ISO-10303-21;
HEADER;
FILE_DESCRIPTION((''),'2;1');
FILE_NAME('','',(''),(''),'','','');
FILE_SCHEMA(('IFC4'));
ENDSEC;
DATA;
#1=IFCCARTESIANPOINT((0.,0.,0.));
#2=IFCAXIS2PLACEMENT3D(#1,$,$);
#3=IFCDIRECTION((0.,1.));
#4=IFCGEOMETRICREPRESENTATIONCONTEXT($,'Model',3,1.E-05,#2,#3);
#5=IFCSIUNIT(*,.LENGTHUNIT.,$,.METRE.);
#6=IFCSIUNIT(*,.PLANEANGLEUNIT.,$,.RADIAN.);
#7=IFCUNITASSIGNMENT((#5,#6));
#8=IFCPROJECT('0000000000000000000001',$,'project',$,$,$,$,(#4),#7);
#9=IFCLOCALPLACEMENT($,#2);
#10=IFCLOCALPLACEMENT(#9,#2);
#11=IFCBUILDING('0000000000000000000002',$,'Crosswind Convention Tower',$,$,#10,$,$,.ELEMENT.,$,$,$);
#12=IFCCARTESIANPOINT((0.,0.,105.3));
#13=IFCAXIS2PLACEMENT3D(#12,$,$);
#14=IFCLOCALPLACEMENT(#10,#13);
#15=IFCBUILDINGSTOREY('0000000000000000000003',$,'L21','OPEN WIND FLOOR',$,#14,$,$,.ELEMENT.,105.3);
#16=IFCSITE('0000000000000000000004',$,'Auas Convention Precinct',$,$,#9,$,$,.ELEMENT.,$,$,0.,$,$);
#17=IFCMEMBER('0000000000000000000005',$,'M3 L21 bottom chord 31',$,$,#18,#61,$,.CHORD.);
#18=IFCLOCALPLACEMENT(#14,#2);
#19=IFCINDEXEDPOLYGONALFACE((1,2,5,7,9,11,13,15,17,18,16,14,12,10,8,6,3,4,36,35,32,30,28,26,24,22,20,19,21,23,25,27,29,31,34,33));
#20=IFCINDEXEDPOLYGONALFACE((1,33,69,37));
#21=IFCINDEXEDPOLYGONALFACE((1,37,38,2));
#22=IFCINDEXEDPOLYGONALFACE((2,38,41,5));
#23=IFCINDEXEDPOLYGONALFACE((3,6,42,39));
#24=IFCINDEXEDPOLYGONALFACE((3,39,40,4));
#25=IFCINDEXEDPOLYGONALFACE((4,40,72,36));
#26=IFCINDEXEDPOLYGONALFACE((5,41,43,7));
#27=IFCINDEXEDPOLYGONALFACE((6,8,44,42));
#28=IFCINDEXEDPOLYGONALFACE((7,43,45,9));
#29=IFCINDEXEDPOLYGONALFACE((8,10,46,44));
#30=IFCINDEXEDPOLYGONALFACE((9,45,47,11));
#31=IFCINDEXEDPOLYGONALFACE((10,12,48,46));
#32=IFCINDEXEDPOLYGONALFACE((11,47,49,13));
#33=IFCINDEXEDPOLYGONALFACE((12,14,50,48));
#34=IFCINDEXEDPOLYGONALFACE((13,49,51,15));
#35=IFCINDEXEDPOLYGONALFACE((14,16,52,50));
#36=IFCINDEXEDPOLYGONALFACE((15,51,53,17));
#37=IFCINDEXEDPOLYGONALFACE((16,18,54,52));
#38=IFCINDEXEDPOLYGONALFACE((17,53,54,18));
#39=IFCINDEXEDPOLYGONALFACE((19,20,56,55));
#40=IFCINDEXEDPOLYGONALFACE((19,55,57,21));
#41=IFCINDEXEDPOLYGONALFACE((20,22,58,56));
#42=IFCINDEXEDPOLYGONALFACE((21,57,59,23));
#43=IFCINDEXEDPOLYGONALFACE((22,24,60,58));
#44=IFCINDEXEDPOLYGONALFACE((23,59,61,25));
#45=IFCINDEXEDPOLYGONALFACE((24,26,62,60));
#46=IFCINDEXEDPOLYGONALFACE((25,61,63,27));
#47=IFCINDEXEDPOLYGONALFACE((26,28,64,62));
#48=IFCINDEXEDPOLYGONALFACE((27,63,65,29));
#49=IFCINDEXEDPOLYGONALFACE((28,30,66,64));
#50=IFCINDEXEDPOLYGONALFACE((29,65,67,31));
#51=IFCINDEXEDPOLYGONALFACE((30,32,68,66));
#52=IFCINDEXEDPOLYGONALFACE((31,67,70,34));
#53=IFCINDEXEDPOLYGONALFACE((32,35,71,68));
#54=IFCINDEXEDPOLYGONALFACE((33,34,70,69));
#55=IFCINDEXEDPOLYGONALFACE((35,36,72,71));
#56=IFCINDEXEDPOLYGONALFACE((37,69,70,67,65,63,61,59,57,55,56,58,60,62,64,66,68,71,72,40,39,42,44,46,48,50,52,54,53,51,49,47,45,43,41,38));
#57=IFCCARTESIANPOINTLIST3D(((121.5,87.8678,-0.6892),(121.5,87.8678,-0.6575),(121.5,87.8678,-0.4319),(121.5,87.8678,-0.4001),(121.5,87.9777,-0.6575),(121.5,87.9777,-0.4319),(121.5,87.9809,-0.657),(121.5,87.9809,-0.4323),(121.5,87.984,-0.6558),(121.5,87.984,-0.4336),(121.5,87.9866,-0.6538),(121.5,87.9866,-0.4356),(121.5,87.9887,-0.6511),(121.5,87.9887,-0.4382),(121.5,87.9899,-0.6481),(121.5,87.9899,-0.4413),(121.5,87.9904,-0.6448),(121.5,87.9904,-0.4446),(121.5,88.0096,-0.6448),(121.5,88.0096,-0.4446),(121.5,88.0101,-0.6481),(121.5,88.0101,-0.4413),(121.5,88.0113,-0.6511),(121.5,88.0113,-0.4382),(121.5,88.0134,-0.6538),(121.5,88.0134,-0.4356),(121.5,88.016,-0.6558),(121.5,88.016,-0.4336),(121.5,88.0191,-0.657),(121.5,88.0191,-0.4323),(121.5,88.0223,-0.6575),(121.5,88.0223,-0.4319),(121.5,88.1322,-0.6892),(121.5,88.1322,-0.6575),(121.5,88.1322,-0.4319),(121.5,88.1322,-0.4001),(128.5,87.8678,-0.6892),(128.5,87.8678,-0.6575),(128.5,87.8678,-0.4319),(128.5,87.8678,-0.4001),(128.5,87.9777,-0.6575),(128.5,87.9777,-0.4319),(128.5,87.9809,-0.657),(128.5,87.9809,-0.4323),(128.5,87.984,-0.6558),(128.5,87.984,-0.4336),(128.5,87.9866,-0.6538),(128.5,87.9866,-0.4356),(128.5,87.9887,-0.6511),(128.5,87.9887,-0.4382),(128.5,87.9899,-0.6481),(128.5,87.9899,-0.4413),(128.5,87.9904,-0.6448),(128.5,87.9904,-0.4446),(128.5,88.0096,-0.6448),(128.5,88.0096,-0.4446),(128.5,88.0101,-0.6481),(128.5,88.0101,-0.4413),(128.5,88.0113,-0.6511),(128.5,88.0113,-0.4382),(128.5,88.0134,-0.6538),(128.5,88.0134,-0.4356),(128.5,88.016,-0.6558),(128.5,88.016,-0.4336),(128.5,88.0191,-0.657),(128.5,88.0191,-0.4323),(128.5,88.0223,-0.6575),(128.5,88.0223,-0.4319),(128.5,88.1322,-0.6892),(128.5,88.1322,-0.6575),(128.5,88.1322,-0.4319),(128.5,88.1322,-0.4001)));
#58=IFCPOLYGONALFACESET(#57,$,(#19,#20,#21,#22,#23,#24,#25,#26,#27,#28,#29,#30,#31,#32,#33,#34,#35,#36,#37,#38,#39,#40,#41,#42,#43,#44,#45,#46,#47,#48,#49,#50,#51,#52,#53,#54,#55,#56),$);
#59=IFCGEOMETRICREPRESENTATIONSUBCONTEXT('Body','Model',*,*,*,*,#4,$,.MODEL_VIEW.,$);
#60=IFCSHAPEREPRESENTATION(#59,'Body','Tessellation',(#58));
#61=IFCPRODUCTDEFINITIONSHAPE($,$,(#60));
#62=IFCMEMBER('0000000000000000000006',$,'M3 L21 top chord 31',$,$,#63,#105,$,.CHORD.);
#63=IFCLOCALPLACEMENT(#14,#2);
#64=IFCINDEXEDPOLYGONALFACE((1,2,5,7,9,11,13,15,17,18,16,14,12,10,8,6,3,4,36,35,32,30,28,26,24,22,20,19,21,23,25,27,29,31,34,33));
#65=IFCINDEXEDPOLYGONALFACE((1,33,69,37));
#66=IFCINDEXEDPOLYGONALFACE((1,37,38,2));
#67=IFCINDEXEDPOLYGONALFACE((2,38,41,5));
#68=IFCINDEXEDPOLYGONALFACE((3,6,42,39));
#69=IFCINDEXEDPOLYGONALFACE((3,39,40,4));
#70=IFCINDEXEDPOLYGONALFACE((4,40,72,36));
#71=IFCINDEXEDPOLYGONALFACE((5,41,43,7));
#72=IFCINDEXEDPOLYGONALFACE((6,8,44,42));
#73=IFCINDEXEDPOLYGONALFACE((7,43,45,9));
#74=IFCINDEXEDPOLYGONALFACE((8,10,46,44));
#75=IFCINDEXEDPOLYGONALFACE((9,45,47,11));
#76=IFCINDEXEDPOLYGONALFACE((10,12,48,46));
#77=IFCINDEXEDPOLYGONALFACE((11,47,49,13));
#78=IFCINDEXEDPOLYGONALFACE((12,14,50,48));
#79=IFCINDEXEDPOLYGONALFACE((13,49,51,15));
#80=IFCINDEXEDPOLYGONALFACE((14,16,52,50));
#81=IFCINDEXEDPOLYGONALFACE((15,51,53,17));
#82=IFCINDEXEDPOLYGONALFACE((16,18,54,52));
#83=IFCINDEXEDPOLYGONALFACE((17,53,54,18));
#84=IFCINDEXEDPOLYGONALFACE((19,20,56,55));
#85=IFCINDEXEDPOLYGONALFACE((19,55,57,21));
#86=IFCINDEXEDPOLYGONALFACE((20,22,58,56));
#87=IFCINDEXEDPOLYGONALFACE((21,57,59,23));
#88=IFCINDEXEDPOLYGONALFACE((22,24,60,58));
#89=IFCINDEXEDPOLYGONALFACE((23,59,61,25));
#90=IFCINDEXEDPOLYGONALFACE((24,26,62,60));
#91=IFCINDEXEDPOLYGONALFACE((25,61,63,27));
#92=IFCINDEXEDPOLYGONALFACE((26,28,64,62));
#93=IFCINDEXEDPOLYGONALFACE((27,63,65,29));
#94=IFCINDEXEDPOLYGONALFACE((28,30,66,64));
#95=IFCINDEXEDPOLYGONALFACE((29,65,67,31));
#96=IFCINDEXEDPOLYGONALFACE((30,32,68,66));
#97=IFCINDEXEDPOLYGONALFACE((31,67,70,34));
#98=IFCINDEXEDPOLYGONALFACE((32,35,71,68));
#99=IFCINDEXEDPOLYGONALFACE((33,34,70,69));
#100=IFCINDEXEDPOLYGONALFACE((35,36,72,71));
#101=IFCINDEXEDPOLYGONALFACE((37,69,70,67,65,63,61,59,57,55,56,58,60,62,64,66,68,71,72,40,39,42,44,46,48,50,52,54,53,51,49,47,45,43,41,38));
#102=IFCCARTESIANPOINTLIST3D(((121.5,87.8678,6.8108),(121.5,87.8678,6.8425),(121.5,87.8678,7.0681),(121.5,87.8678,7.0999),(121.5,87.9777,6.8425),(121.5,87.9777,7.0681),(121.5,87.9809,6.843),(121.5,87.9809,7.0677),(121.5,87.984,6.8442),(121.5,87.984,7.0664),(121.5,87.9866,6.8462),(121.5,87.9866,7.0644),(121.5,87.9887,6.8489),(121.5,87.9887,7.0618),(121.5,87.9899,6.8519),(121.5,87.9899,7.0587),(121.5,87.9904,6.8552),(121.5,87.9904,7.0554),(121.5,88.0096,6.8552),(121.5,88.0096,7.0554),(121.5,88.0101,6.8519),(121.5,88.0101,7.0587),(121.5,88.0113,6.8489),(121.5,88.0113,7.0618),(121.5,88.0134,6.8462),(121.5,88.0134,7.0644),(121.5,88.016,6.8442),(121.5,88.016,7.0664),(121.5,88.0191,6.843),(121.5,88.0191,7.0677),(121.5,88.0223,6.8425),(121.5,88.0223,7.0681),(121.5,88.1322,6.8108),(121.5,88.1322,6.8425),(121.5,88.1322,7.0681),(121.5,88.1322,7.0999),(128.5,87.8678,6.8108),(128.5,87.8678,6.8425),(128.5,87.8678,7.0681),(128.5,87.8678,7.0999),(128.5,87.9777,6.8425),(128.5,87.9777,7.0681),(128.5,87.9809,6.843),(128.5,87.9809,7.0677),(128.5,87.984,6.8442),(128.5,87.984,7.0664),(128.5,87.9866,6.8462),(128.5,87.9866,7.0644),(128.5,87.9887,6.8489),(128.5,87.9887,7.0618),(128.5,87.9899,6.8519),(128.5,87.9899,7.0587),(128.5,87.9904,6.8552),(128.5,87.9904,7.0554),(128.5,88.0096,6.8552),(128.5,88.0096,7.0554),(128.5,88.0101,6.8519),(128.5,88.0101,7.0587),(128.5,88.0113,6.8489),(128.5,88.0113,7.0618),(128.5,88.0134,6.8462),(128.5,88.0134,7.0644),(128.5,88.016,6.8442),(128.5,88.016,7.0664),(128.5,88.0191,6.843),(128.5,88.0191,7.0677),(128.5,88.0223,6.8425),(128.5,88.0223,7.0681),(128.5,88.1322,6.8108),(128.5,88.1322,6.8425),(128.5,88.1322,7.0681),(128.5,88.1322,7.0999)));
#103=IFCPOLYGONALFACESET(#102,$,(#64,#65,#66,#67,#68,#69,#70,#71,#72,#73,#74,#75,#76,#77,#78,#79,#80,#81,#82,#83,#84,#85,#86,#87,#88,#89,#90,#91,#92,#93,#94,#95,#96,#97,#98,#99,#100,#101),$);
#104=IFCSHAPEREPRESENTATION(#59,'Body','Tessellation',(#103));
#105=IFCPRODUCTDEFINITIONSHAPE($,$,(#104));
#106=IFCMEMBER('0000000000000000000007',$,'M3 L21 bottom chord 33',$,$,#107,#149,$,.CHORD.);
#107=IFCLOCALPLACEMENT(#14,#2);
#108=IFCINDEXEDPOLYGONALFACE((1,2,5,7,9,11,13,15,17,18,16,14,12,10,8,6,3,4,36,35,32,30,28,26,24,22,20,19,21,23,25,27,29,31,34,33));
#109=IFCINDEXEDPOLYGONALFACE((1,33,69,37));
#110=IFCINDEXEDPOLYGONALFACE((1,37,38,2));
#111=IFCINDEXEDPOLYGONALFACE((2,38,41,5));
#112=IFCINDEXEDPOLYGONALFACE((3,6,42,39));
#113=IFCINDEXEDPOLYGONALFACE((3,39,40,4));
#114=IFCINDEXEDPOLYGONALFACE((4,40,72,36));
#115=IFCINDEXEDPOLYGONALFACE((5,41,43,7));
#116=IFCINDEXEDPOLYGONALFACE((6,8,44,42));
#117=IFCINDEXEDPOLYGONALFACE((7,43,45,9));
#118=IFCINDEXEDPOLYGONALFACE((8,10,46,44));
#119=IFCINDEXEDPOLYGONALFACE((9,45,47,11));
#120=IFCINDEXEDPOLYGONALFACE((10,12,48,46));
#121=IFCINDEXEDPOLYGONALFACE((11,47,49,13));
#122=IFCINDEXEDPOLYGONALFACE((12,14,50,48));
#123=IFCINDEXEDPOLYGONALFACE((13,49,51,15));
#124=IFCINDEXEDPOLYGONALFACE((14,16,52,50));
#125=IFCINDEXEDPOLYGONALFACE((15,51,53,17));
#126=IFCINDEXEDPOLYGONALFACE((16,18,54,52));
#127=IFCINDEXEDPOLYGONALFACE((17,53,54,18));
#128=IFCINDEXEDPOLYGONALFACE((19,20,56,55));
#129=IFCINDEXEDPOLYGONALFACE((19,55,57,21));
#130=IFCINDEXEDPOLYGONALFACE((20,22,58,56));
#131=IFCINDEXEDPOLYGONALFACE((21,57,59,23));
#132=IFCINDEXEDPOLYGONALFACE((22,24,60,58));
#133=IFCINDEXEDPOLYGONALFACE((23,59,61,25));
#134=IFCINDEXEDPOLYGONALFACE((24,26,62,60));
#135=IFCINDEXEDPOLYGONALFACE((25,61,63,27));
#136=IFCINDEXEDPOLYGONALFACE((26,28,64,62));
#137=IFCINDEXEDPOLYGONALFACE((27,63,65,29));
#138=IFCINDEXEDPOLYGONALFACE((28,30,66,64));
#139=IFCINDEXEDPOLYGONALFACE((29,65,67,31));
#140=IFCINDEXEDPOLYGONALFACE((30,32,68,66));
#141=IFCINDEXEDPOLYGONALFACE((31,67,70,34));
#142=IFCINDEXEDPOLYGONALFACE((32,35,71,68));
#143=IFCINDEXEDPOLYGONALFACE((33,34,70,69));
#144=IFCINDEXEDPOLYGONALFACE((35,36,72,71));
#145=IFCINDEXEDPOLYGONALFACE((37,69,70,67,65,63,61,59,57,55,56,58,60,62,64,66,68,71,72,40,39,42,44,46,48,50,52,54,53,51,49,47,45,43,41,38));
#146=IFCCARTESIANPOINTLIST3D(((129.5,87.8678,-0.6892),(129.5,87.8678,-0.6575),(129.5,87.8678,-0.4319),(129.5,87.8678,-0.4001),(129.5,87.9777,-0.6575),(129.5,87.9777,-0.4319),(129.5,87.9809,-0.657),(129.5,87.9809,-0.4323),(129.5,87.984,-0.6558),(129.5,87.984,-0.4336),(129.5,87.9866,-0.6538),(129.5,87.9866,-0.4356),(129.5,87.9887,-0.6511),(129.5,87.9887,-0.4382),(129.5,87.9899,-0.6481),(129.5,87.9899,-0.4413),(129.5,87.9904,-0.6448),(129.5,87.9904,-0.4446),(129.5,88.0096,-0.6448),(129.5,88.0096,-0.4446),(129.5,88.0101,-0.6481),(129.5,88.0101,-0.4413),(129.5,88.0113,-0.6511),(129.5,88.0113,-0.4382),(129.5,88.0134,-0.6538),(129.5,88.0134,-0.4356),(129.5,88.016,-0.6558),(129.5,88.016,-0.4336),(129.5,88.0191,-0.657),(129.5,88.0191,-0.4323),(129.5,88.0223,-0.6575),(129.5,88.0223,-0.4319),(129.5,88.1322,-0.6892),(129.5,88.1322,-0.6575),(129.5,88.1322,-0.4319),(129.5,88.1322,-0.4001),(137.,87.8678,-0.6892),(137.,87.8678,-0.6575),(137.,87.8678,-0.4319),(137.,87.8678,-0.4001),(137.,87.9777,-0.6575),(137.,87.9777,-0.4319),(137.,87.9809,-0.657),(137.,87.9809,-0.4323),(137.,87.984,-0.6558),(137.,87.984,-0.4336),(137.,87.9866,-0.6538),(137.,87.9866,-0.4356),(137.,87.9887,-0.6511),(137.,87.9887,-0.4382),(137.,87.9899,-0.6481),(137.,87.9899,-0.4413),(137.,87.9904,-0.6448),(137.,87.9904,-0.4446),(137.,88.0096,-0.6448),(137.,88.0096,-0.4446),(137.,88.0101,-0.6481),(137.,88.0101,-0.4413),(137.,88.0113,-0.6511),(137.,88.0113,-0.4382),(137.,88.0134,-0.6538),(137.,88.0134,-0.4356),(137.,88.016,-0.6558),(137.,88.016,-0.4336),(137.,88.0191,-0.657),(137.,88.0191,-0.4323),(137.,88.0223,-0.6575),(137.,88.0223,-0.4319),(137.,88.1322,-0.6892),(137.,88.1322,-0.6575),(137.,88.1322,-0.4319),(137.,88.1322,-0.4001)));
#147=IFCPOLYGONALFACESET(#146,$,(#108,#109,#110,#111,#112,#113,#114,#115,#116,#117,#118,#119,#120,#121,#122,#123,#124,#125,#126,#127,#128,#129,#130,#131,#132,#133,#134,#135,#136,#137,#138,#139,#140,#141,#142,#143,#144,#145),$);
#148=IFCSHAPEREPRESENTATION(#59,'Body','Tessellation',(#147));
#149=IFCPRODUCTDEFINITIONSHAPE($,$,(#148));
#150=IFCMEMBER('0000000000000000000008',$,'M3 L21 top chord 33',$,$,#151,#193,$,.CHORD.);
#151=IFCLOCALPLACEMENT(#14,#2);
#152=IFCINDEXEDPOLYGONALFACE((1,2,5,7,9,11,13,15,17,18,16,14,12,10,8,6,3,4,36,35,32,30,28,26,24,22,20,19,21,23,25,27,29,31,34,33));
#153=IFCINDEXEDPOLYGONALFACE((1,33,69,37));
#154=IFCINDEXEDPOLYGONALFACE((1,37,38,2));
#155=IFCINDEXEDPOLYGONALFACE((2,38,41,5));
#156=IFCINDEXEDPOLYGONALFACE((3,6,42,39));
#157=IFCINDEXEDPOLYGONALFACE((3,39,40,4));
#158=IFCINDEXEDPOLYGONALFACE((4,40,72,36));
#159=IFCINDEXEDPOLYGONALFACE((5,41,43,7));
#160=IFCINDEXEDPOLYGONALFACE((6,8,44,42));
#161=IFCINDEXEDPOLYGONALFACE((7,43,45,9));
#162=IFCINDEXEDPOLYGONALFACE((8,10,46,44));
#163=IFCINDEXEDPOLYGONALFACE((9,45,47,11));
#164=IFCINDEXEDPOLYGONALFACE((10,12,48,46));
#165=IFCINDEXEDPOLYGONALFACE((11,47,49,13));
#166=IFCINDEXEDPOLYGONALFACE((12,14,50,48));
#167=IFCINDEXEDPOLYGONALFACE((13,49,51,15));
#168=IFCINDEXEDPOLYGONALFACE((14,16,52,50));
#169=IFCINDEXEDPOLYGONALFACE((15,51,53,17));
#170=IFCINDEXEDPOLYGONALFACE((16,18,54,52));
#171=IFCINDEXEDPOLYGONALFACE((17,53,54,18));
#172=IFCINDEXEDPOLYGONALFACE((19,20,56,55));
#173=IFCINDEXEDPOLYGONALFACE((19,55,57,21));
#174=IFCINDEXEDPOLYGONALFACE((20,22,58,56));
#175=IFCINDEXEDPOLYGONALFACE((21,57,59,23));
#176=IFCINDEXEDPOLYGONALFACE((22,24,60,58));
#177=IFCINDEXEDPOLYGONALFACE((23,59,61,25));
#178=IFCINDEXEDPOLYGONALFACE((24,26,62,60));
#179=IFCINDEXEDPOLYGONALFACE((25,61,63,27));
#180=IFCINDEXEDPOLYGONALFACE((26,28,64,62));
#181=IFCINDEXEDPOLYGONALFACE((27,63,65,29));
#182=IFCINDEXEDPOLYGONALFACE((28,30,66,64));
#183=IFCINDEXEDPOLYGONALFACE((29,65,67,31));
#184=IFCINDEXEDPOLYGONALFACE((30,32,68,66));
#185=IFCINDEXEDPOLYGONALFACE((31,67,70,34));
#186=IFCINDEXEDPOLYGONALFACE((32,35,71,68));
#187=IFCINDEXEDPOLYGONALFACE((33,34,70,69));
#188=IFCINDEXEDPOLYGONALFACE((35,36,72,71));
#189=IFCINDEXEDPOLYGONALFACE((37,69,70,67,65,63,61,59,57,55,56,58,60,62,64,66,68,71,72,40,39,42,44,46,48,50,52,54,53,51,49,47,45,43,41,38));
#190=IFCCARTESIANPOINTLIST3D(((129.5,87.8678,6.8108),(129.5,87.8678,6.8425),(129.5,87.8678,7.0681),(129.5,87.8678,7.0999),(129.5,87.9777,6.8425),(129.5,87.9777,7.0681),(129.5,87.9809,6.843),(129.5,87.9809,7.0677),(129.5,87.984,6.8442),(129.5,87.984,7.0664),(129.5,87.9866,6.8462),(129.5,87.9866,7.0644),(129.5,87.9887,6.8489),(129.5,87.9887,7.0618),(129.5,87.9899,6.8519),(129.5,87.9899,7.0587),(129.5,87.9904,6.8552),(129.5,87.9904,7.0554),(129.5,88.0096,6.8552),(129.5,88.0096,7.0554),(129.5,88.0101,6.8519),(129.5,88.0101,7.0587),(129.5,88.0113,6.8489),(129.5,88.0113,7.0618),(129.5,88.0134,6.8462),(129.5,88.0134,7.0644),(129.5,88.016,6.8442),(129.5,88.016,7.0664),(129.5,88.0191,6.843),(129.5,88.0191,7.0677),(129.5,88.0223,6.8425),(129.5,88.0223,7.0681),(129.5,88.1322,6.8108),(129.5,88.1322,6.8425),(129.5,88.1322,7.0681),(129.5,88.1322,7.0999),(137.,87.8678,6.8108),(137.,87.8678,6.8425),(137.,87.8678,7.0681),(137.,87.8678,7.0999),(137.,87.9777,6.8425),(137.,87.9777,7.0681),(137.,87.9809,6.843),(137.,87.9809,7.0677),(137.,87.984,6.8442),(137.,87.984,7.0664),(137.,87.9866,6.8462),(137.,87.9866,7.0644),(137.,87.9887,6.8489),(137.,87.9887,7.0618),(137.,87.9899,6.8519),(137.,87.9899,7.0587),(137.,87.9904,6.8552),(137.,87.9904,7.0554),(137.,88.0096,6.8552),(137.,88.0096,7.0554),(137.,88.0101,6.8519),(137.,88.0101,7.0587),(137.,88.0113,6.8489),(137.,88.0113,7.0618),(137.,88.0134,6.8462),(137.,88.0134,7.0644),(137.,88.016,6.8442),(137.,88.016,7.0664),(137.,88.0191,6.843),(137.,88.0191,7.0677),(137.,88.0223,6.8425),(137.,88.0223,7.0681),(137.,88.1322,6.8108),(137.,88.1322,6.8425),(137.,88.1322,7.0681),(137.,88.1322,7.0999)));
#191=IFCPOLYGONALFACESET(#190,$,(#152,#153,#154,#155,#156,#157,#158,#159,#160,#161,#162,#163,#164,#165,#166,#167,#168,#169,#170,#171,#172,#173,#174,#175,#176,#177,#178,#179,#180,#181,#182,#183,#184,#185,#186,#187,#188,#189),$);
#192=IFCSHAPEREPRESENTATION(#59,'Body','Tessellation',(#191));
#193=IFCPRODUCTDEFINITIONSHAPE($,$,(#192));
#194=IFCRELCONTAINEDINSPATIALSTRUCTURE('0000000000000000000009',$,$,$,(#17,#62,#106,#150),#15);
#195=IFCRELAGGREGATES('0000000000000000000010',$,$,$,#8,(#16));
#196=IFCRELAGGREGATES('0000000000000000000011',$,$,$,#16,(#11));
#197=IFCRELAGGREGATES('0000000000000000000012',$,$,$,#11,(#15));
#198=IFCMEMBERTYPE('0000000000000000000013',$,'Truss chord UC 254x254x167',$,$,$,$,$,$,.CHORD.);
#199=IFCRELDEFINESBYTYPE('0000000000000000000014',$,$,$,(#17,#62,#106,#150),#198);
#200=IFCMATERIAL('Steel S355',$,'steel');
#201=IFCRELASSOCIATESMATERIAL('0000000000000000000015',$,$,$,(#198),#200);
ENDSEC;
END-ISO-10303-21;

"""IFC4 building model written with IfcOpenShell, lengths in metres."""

from ifc_helpers import new_model, si_unit, direction, frame, origin, origin_2d, place, context, subcontext, project, spatial, i_section, extrude, material, material_profile, profile_set, type_object, element, save


model = new_model("IFC4")

# Units and contexts
model_context = context("Model", 3, precision=1e-05, world=origin(), true_north=direction((0.0, 1.0)))
body_context = subcontext(model_context, "Body", "Model", "MODEL_VIEW")
ifc_project = project(units=[si_unit("LENGTHUNIT", "METRE"), si_unit("PLANEANGLEUNIT", "RADIAN")], contexts=[model_context])

# Site, building, storey
site_placement = place(None, origin())
site = spatial("IfcSite", under=ifc_project, at=site_placement, Name="Auas Convention Precinct", CompositionType="ELEMENT", RefElevation=0.0)
building_placement = place(site_placement, origin())
building = spatial("IfcBuilding", under=site, at=building_placement, Name="Crosswind Convention Tower", CompositionType="ELEMENT")
storey_placement = place(building_placement, frame((0.0, 0.0, 105.3)))
storey = spatial("IfcBuildingStorey", under=building, at=storey_placement, Name="L21", Description="OPEN WIND FLOOR", CompositionType="ELEMENT", Elevation=105.3)

# Shared definitions
ifc_material_1 = material(Name="Steel S355", Category="steel")

# Members
ifc_material_profile_1 = material_profile(ifc_material_1, i_section(OverallWidth=0.2644, OverallDepth=0.2891, WebThickness=0.0193, FlangeThickness=0.0317, FilletRadius=0.0127, at=origin_2d()), Name="UC 254x254x167")
ifc_profile_set_1 = profile_set([ifc_material_profile_1], Name="Steel S355")
member_type_1 = type_object("IfcMemberType", Name="Truss chord UC 254x254x167", PredefinedType="CHORD", material=ifc_profile_set_1)
for number, where, z_axis, x_axis, name in (
    (1, (121.5, 88.0, -0.5447), (1.0, 0.0, 0.0), (0.0, 1.0, 0.0), "M3 L21 bottom chord 31"),
    (2, (121.5, 88.0, 6.9553), (1.0, 0.0, 0.0), (0.0, 1.0, 0.0), "M3 L21 top chord 31"),
):
    element("IfcMember", number, at=place(storey_placement, frame(where, z_axis=z_axis, x_axis=x_axis)), inside=storey, type_object=member_type_1, Name=name, PredefinedType="CHORD", context=body_context, shape_type="SweptSolid", body=[
        extrude(i_section(OverallWidth=0.2644, OverallDepth=0.2891, WebThickness=0.0193, FlangeThickness=0.0317, FilletRadius=0.0127, at=origin_2d()), origin(), (0.0, 0.0, 1.0), 7.0),
    ])
for number, where, z_axis, x_axis, name in (
    (3, (129.5, 88.0, -0.5447), (1.0, 0.0, 0.0), (0.0, 1.0, 0.0), "M3 L21 bottom chord 33"),
    (4, (129.5, 88.0, 6.9553), (1.0, 0.0, 0.0), (0.0, 1.0, 0.0), "M3 L21 top chord 33"),
):
    element("IfcMember", number, at=place(storey_placement, frame(where, z_axis=z_axis, x_axis=x_axis)), inside=storey, type_object=member_type_1, Name=name, PredefinedType="CHORD", context=body_context, shape_type="SweptSolid", body=[
        extrude(i_section(OverallWidth=0.2644, OverallDepth=0.2891, WebThickness=0.0193, FlangeThickness=0.0317, FilletRadius=0.0127, at=origin_2d()), origin(), (0.0, 0.0, 1.0), 7.5),
    ])

save(model, "model.ifc")
